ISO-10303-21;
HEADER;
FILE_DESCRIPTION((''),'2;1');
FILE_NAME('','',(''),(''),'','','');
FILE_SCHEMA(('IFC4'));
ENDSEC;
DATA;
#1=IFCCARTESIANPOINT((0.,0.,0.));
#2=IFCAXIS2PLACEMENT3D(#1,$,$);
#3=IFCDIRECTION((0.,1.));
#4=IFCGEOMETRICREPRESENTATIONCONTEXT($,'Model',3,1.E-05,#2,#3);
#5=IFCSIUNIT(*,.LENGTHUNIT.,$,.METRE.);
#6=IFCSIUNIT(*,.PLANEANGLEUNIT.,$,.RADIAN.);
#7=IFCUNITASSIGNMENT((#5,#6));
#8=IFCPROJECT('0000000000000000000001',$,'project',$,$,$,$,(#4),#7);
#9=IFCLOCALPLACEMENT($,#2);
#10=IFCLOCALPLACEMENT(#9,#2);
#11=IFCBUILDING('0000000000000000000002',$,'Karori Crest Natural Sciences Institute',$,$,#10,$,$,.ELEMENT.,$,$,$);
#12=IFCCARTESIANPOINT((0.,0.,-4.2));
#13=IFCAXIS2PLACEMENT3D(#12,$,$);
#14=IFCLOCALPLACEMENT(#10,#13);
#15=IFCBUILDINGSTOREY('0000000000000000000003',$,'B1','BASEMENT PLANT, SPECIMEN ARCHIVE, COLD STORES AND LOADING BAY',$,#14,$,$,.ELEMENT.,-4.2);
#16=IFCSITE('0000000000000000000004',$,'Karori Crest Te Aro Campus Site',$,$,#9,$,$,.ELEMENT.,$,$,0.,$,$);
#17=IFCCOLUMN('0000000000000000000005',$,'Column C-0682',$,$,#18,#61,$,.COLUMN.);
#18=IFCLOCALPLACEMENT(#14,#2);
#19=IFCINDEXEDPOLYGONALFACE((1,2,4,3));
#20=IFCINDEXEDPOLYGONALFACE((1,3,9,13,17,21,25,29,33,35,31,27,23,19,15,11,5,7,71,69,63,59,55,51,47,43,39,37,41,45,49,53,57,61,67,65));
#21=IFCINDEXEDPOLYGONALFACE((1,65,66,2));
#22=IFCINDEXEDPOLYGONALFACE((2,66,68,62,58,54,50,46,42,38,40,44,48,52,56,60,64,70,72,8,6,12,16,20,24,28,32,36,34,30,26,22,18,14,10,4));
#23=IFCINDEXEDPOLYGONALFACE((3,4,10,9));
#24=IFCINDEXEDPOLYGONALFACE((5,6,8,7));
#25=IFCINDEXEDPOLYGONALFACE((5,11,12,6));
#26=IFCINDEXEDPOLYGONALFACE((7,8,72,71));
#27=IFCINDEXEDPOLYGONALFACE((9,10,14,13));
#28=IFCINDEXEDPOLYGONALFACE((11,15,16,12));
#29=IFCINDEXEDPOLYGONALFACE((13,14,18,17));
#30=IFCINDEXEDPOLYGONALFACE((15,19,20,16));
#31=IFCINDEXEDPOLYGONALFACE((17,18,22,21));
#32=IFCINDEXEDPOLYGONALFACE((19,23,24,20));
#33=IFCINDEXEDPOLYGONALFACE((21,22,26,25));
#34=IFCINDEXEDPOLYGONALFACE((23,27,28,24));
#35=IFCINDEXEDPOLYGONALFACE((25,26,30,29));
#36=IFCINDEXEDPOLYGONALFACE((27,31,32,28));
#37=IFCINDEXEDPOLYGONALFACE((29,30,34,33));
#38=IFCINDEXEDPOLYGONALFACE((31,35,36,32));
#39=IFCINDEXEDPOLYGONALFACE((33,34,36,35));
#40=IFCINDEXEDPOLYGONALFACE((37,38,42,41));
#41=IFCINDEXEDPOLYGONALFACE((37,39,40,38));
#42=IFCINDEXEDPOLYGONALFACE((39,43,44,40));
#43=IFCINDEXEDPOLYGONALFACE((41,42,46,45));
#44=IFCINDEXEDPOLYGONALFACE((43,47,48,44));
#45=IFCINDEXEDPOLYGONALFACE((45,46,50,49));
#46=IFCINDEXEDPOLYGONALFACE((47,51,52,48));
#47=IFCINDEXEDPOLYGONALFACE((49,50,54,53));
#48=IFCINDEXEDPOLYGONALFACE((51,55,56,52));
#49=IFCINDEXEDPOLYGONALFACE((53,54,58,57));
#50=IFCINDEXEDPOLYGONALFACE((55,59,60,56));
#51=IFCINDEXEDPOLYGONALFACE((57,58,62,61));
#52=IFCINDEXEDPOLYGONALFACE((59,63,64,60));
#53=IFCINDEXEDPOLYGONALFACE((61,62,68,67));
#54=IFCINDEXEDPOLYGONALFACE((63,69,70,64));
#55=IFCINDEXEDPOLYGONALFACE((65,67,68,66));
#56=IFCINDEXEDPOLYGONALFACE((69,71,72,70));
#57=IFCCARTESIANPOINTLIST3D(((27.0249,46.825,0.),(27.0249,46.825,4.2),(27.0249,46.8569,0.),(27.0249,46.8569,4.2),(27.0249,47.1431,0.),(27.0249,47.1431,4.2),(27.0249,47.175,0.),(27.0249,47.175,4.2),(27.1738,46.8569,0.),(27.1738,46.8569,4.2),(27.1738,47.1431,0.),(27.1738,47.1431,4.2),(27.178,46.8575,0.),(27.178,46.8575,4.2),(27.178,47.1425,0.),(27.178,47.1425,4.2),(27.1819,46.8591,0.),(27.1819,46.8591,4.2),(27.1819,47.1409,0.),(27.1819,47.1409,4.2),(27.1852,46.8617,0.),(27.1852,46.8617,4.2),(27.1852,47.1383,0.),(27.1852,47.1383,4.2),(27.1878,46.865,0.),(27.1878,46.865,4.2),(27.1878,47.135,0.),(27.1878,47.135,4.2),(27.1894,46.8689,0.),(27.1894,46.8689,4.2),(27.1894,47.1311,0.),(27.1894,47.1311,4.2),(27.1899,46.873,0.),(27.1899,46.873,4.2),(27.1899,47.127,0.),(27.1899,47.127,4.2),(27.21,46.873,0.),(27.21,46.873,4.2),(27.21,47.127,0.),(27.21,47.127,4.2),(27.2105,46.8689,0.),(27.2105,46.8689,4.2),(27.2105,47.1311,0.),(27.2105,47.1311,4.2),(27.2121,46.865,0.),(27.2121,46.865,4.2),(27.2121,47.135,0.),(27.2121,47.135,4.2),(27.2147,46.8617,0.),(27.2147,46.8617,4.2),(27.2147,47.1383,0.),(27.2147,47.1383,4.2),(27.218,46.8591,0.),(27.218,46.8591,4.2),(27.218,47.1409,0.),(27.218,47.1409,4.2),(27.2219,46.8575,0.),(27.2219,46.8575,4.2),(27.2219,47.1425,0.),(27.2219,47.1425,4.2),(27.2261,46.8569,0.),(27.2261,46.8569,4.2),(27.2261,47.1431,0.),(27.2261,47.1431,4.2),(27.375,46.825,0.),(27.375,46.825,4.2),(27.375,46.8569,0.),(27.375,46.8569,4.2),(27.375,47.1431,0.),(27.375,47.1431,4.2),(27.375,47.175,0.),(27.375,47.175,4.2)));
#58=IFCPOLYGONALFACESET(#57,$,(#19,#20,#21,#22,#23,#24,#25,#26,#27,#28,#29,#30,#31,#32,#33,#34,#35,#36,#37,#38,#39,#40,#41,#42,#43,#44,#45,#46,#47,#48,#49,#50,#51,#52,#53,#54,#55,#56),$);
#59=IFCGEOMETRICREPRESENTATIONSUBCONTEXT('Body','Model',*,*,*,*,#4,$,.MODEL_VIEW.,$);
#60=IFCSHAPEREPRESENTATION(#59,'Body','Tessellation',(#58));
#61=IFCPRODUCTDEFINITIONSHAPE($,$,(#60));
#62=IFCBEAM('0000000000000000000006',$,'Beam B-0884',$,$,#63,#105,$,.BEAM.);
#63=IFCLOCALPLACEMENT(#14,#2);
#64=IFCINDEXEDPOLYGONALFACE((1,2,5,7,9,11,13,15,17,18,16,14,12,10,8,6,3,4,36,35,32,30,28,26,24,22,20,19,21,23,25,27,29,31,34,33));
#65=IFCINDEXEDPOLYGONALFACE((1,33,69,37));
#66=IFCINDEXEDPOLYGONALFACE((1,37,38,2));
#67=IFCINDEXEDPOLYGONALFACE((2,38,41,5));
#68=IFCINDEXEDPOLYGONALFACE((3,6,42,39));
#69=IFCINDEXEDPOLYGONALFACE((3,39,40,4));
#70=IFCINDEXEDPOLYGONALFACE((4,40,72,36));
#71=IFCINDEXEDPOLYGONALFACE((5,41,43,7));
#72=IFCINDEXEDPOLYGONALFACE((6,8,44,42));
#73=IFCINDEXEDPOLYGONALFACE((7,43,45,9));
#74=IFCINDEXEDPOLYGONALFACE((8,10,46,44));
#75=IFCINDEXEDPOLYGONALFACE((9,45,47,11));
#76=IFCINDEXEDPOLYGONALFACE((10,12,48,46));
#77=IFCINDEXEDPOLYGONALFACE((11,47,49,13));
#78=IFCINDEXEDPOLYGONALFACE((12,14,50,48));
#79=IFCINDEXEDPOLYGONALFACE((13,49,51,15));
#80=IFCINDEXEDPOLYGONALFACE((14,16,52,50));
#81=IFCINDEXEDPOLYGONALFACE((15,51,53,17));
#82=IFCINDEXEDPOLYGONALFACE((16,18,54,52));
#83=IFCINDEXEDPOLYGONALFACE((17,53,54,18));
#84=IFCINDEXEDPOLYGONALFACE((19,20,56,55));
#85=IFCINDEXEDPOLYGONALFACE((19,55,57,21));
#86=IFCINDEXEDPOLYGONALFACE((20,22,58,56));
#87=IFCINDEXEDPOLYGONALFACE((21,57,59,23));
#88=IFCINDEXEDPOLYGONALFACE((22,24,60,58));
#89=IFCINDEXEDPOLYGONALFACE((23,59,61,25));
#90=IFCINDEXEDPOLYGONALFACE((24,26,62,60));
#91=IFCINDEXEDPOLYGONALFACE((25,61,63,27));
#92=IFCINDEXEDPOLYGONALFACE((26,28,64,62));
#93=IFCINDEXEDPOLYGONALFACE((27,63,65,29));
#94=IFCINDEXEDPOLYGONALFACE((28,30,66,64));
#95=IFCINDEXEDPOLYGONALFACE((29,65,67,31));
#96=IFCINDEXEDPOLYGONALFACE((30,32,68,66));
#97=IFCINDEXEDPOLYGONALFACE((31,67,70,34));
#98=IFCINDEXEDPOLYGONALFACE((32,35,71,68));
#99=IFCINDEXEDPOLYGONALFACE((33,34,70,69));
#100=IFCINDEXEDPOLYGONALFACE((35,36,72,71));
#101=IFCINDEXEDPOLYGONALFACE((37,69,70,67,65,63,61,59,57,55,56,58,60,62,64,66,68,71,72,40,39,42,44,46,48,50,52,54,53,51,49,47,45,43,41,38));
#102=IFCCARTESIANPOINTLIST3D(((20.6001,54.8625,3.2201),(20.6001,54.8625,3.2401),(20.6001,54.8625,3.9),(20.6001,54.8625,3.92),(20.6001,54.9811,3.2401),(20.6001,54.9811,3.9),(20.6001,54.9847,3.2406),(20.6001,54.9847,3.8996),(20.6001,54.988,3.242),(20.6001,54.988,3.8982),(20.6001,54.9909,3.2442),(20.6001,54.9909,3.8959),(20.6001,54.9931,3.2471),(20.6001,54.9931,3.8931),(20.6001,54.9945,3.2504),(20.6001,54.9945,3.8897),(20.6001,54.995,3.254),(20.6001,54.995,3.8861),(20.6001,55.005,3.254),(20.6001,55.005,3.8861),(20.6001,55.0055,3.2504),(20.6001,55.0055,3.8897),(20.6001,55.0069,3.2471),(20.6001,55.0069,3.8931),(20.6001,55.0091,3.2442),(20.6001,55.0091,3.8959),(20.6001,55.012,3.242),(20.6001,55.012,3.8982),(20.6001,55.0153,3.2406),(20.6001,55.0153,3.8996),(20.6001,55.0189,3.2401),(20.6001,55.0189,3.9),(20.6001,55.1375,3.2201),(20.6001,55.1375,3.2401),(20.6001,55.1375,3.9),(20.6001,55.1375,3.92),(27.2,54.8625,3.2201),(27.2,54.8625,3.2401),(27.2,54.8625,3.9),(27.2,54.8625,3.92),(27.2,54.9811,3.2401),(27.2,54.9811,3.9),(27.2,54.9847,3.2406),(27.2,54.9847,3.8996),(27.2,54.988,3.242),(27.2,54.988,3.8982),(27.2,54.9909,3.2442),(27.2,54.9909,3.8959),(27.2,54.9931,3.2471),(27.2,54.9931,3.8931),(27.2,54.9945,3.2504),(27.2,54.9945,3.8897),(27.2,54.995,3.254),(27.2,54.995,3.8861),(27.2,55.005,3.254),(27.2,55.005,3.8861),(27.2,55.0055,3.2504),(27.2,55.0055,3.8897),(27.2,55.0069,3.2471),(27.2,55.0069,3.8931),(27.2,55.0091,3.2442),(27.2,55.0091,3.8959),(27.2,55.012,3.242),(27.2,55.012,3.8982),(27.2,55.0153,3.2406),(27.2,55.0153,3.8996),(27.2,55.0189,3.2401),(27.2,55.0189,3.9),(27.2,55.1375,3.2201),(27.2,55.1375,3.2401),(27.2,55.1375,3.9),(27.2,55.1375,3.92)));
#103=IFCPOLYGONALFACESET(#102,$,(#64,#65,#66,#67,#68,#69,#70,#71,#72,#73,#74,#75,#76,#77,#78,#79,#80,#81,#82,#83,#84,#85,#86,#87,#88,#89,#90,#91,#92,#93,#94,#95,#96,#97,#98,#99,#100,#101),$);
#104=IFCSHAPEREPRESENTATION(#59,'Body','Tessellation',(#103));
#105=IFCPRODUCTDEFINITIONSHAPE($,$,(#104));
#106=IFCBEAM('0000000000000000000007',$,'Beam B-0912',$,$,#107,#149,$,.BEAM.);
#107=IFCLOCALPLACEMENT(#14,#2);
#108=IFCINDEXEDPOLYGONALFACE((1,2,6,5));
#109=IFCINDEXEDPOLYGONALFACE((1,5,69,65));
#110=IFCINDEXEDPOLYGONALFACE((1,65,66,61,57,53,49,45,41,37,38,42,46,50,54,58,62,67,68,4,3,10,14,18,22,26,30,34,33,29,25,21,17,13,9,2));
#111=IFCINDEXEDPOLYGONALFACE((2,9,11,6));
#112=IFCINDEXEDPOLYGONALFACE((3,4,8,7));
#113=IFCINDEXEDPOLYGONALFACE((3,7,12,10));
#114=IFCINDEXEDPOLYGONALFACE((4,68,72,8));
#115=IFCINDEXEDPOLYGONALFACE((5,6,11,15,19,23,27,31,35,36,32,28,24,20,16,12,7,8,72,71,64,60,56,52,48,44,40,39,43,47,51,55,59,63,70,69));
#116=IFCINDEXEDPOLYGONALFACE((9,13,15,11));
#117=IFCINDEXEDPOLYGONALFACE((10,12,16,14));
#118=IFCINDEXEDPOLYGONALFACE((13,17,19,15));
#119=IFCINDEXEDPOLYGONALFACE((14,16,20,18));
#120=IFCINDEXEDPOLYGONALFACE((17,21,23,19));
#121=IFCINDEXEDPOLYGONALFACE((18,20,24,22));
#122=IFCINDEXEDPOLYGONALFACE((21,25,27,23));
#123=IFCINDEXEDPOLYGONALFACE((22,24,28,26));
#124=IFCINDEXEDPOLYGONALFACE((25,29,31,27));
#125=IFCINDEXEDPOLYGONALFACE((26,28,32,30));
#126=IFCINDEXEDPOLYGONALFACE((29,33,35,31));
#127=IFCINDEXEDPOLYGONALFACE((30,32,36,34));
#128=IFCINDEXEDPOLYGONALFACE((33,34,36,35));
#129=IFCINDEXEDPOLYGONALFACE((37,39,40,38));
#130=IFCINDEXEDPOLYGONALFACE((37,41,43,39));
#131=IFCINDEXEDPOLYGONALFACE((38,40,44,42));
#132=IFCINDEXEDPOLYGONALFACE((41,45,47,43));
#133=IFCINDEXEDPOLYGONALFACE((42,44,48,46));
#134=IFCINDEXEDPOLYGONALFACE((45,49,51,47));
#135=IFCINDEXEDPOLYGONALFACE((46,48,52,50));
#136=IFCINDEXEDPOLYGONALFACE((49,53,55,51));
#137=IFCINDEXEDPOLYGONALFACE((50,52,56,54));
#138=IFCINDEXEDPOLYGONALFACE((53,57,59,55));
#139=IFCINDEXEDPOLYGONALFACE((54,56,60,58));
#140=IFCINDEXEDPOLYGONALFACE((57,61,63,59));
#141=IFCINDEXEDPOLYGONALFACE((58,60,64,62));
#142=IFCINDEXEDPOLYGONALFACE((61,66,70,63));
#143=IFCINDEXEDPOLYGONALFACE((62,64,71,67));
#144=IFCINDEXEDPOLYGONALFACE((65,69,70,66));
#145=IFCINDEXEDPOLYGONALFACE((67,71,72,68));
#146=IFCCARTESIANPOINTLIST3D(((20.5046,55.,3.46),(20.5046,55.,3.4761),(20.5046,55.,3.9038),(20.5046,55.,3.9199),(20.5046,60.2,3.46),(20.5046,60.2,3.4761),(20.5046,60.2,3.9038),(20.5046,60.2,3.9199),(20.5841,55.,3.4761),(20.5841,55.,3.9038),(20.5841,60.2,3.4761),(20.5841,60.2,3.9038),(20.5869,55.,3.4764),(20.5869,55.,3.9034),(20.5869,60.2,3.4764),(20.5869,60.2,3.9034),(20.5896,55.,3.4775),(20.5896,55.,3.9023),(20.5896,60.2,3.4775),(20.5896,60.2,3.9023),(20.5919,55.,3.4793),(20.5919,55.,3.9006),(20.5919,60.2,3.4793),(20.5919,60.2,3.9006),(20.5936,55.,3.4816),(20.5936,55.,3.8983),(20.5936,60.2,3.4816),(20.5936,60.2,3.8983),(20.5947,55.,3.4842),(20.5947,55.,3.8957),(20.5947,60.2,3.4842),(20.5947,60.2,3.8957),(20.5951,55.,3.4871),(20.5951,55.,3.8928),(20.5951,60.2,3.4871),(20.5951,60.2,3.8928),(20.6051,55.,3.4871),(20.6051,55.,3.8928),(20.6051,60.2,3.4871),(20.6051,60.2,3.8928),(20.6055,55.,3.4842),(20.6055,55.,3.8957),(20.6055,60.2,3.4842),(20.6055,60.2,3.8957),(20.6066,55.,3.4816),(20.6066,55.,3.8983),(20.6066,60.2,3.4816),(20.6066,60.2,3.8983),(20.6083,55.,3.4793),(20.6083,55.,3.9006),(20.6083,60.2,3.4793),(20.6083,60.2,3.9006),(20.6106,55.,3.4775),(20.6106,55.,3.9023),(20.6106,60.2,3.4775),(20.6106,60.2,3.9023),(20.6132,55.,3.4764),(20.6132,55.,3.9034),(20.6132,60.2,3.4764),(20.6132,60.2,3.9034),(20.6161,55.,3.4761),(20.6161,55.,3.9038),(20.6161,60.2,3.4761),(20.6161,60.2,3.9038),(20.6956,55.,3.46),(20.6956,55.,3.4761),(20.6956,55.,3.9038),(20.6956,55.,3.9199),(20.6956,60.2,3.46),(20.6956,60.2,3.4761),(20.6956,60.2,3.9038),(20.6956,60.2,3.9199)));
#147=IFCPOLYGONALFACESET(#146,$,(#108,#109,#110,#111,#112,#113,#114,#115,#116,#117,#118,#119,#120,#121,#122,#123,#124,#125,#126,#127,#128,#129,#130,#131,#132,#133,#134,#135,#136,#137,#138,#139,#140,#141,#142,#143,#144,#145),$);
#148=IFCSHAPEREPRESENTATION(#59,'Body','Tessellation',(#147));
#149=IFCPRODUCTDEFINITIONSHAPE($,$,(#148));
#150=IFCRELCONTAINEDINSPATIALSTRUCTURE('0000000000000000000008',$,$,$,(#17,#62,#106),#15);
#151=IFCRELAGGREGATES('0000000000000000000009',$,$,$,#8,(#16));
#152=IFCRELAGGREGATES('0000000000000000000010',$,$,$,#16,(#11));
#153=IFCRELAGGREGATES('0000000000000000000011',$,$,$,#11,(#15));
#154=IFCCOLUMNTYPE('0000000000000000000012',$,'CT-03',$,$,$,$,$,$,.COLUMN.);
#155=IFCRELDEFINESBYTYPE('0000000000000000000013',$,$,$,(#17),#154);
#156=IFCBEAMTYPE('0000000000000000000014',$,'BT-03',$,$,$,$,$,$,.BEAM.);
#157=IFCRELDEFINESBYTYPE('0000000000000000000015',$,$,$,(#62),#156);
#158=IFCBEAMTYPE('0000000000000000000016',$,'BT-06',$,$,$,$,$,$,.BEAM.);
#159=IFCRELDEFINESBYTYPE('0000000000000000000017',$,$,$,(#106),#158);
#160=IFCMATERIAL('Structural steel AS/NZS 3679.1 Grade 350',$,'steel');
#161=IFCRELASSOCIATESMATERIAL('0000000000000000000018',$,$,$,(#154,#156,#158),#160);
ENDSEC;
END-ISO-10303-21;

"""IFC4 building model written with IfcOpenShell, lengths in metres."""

from ifc_helpers import new_model, si_unit, direction, frame, origin, origin_2d, place, context, subcontext, project, spatial, i_section, extrude, material, material_profile, profile_set, type_object, element, save


model = new_model("IFC4")

# Units and contexts
model_context = context("Model", 3, precision=1e-05, world=origin(), true_north=direction((0.0, 1.0)))
body_context = subcontext(model_context, "Body", "Model", "MODEL_VIEW")
ifc_project = project(units=[si_unit("LENGTHUNIT", "METRE"), si_unit("PLANEANGLEUNIT", "RADIAN")], contexts=[model_context])

# Site, building, storey
site_placement = place(None, origin())
site = spatial("IfcSite", under=ifc_project, at=site_placement, Name="Karori Crest Te Aro Campus Site", CompositionType="ELEMENT", RefElevation=0.0)
building_placement = place(site_placement, origin())
building = spatial("IfcBuilding", under=site, at=building_placement, Name="Karori Crest Natural Sciences Institute", CompositionType="ELEMENT")
storey_placement = place(building_placement, frame((0.0, 0.0, -4.2)))
storey = spatial("IfcBuildingStorey", under=building, at=storey_placement, Name="B1", Description="BASEMENT PLANT, SPECIMEN ARCHIVE, COLD STORES AND LOADING BAY", CompositionType="ELEMENT", Elevation=-4.2)

# Column
ifc_material_1 = material(Name="Structural steel AS/NZS 3679.1 Grade 350", Category="steel")
ifc_material_profile_1 = material_profile(ifc_material_1, i_section(OverallWidth=0.3501, OverallDepth=0.3501, WebThickness=0.02, FlangeThickness=0.032, FilletRadius=0.0161, at=origin_2d()), Name="350WC280")
ifc_profile_set_1 = profile_set([ifc_material_profile_1], Name="Structural steel AS/NZS 3679.1 Grade 350")
column_type = type_object("IfcColumnType", Name="CT-03", PredefinedType="COLUMN", material=ifc_profile_set_1)
for number, where, z_axis, x_axis, name in (
    (1, (27.2, 47.0, 0.0), (0.0, 0.0, 1.0), (1.0, 0.0, 0.0), "Column C-0682"),
):
    element("IfcColumn", number, at=place(storey_placement, frame(where, z_axis=z_axis, x_axis=x_axis)), inside=storey, type_object=column_type, Name=name, PredefinedType="COLUMN", context=body_context, shape_type="SweptSolid", body=[
        extrude(i_section(OverallWidth=0.3501, OverallDepth=0.3501, WebThickness=0.02, FlangeThickness=0.032, FilletRadius=0.0161, at=origin_2d()), origin(), (0.0, 0.0, 1.0), 4.2),
    ])

# Beams
ifc_material_profile_2 = material_profile(ifc_material_1, i_section(OverallWidth=0.2749, OverallDepth=0.7, WebThickness=0.01, FlangeThickness=0.02, FilletRadius=0.0139, at=origin_2d()), Name="700WB150")
ifc_profile_set_2 = profile_set([ifc_material_profile_2], Name="Structural steel AS/NZS 3679.1 Grade 350")
beam_type_1 = type_object("IfcBeamType", Name="BT-03", PredefinedType="BEAM", material=ifc_profile_set_2)
beam_1_placement = place(storey_placement, frame((20.6001, 55.0, 3.5701), z_axis=(1.0, 0.0, 0.0), x_axis=(0.0, 1.0, 0.0)))
element("IfcBeam", 2, at=beam_1_placement, inside=storey, type_object=beam_type_1, Name="Beam B-0884", PredefinedType="BEAM", context=body_context, shape_type="SweptSolid", body=[
    extrude(i_section(OverallWidth=0.2749, OverallDepth=0.7, WebThickness=0.01, FlangeThickness=0.02, FilletRadius=0.0139, at=origin_2d()), origin(), (0.0, 0.0, 1.0), 6.5999),
])
ifc_material_profile_3 = material_profile(ifc_material_1, i_section(OverallWidth=0.1909, OverallDepth=0.46, WebThickness=0.01, FlangeThickness=0.0161, FilletRadius=0.011, at=origin_2d()), Name="460UB82.1")
ifc_profile_set_3 = profile_set([ifc_material_profile_3], Name="Structural steel AS/NZS 3679.1 Grade 350")
beam_type_2 = type_object("IfcBeamType", Name="BT-06", PredefinedType="BEAM", material=ifc_profile_set_3)
beam_2_placement = place(storey_placement, frame((20.6001, 55.0, 3.6899), z_axis=(0.0, 1.0, 0.0), x_axis=(-1.0, 0.0, 0.0)))
element("IfcBeam", 3, at=beam_2_placement, inside=storey, type_object=beam_type_2, Name="Beam B-0912", PredefinedType="BEAM", context=body_context, shape_type="SweptSolid", body=[
    extrude(i_section(OverallWidth=0.1909, OverallDepth=0.46, WebThickness=0.01, FlangeThickness=0.0161, FilletRadius=0.011, at=origin_2d()), origin(), (0.0, 0.0, 1.0), 5.2),
])

save(model, "model.ifc")
